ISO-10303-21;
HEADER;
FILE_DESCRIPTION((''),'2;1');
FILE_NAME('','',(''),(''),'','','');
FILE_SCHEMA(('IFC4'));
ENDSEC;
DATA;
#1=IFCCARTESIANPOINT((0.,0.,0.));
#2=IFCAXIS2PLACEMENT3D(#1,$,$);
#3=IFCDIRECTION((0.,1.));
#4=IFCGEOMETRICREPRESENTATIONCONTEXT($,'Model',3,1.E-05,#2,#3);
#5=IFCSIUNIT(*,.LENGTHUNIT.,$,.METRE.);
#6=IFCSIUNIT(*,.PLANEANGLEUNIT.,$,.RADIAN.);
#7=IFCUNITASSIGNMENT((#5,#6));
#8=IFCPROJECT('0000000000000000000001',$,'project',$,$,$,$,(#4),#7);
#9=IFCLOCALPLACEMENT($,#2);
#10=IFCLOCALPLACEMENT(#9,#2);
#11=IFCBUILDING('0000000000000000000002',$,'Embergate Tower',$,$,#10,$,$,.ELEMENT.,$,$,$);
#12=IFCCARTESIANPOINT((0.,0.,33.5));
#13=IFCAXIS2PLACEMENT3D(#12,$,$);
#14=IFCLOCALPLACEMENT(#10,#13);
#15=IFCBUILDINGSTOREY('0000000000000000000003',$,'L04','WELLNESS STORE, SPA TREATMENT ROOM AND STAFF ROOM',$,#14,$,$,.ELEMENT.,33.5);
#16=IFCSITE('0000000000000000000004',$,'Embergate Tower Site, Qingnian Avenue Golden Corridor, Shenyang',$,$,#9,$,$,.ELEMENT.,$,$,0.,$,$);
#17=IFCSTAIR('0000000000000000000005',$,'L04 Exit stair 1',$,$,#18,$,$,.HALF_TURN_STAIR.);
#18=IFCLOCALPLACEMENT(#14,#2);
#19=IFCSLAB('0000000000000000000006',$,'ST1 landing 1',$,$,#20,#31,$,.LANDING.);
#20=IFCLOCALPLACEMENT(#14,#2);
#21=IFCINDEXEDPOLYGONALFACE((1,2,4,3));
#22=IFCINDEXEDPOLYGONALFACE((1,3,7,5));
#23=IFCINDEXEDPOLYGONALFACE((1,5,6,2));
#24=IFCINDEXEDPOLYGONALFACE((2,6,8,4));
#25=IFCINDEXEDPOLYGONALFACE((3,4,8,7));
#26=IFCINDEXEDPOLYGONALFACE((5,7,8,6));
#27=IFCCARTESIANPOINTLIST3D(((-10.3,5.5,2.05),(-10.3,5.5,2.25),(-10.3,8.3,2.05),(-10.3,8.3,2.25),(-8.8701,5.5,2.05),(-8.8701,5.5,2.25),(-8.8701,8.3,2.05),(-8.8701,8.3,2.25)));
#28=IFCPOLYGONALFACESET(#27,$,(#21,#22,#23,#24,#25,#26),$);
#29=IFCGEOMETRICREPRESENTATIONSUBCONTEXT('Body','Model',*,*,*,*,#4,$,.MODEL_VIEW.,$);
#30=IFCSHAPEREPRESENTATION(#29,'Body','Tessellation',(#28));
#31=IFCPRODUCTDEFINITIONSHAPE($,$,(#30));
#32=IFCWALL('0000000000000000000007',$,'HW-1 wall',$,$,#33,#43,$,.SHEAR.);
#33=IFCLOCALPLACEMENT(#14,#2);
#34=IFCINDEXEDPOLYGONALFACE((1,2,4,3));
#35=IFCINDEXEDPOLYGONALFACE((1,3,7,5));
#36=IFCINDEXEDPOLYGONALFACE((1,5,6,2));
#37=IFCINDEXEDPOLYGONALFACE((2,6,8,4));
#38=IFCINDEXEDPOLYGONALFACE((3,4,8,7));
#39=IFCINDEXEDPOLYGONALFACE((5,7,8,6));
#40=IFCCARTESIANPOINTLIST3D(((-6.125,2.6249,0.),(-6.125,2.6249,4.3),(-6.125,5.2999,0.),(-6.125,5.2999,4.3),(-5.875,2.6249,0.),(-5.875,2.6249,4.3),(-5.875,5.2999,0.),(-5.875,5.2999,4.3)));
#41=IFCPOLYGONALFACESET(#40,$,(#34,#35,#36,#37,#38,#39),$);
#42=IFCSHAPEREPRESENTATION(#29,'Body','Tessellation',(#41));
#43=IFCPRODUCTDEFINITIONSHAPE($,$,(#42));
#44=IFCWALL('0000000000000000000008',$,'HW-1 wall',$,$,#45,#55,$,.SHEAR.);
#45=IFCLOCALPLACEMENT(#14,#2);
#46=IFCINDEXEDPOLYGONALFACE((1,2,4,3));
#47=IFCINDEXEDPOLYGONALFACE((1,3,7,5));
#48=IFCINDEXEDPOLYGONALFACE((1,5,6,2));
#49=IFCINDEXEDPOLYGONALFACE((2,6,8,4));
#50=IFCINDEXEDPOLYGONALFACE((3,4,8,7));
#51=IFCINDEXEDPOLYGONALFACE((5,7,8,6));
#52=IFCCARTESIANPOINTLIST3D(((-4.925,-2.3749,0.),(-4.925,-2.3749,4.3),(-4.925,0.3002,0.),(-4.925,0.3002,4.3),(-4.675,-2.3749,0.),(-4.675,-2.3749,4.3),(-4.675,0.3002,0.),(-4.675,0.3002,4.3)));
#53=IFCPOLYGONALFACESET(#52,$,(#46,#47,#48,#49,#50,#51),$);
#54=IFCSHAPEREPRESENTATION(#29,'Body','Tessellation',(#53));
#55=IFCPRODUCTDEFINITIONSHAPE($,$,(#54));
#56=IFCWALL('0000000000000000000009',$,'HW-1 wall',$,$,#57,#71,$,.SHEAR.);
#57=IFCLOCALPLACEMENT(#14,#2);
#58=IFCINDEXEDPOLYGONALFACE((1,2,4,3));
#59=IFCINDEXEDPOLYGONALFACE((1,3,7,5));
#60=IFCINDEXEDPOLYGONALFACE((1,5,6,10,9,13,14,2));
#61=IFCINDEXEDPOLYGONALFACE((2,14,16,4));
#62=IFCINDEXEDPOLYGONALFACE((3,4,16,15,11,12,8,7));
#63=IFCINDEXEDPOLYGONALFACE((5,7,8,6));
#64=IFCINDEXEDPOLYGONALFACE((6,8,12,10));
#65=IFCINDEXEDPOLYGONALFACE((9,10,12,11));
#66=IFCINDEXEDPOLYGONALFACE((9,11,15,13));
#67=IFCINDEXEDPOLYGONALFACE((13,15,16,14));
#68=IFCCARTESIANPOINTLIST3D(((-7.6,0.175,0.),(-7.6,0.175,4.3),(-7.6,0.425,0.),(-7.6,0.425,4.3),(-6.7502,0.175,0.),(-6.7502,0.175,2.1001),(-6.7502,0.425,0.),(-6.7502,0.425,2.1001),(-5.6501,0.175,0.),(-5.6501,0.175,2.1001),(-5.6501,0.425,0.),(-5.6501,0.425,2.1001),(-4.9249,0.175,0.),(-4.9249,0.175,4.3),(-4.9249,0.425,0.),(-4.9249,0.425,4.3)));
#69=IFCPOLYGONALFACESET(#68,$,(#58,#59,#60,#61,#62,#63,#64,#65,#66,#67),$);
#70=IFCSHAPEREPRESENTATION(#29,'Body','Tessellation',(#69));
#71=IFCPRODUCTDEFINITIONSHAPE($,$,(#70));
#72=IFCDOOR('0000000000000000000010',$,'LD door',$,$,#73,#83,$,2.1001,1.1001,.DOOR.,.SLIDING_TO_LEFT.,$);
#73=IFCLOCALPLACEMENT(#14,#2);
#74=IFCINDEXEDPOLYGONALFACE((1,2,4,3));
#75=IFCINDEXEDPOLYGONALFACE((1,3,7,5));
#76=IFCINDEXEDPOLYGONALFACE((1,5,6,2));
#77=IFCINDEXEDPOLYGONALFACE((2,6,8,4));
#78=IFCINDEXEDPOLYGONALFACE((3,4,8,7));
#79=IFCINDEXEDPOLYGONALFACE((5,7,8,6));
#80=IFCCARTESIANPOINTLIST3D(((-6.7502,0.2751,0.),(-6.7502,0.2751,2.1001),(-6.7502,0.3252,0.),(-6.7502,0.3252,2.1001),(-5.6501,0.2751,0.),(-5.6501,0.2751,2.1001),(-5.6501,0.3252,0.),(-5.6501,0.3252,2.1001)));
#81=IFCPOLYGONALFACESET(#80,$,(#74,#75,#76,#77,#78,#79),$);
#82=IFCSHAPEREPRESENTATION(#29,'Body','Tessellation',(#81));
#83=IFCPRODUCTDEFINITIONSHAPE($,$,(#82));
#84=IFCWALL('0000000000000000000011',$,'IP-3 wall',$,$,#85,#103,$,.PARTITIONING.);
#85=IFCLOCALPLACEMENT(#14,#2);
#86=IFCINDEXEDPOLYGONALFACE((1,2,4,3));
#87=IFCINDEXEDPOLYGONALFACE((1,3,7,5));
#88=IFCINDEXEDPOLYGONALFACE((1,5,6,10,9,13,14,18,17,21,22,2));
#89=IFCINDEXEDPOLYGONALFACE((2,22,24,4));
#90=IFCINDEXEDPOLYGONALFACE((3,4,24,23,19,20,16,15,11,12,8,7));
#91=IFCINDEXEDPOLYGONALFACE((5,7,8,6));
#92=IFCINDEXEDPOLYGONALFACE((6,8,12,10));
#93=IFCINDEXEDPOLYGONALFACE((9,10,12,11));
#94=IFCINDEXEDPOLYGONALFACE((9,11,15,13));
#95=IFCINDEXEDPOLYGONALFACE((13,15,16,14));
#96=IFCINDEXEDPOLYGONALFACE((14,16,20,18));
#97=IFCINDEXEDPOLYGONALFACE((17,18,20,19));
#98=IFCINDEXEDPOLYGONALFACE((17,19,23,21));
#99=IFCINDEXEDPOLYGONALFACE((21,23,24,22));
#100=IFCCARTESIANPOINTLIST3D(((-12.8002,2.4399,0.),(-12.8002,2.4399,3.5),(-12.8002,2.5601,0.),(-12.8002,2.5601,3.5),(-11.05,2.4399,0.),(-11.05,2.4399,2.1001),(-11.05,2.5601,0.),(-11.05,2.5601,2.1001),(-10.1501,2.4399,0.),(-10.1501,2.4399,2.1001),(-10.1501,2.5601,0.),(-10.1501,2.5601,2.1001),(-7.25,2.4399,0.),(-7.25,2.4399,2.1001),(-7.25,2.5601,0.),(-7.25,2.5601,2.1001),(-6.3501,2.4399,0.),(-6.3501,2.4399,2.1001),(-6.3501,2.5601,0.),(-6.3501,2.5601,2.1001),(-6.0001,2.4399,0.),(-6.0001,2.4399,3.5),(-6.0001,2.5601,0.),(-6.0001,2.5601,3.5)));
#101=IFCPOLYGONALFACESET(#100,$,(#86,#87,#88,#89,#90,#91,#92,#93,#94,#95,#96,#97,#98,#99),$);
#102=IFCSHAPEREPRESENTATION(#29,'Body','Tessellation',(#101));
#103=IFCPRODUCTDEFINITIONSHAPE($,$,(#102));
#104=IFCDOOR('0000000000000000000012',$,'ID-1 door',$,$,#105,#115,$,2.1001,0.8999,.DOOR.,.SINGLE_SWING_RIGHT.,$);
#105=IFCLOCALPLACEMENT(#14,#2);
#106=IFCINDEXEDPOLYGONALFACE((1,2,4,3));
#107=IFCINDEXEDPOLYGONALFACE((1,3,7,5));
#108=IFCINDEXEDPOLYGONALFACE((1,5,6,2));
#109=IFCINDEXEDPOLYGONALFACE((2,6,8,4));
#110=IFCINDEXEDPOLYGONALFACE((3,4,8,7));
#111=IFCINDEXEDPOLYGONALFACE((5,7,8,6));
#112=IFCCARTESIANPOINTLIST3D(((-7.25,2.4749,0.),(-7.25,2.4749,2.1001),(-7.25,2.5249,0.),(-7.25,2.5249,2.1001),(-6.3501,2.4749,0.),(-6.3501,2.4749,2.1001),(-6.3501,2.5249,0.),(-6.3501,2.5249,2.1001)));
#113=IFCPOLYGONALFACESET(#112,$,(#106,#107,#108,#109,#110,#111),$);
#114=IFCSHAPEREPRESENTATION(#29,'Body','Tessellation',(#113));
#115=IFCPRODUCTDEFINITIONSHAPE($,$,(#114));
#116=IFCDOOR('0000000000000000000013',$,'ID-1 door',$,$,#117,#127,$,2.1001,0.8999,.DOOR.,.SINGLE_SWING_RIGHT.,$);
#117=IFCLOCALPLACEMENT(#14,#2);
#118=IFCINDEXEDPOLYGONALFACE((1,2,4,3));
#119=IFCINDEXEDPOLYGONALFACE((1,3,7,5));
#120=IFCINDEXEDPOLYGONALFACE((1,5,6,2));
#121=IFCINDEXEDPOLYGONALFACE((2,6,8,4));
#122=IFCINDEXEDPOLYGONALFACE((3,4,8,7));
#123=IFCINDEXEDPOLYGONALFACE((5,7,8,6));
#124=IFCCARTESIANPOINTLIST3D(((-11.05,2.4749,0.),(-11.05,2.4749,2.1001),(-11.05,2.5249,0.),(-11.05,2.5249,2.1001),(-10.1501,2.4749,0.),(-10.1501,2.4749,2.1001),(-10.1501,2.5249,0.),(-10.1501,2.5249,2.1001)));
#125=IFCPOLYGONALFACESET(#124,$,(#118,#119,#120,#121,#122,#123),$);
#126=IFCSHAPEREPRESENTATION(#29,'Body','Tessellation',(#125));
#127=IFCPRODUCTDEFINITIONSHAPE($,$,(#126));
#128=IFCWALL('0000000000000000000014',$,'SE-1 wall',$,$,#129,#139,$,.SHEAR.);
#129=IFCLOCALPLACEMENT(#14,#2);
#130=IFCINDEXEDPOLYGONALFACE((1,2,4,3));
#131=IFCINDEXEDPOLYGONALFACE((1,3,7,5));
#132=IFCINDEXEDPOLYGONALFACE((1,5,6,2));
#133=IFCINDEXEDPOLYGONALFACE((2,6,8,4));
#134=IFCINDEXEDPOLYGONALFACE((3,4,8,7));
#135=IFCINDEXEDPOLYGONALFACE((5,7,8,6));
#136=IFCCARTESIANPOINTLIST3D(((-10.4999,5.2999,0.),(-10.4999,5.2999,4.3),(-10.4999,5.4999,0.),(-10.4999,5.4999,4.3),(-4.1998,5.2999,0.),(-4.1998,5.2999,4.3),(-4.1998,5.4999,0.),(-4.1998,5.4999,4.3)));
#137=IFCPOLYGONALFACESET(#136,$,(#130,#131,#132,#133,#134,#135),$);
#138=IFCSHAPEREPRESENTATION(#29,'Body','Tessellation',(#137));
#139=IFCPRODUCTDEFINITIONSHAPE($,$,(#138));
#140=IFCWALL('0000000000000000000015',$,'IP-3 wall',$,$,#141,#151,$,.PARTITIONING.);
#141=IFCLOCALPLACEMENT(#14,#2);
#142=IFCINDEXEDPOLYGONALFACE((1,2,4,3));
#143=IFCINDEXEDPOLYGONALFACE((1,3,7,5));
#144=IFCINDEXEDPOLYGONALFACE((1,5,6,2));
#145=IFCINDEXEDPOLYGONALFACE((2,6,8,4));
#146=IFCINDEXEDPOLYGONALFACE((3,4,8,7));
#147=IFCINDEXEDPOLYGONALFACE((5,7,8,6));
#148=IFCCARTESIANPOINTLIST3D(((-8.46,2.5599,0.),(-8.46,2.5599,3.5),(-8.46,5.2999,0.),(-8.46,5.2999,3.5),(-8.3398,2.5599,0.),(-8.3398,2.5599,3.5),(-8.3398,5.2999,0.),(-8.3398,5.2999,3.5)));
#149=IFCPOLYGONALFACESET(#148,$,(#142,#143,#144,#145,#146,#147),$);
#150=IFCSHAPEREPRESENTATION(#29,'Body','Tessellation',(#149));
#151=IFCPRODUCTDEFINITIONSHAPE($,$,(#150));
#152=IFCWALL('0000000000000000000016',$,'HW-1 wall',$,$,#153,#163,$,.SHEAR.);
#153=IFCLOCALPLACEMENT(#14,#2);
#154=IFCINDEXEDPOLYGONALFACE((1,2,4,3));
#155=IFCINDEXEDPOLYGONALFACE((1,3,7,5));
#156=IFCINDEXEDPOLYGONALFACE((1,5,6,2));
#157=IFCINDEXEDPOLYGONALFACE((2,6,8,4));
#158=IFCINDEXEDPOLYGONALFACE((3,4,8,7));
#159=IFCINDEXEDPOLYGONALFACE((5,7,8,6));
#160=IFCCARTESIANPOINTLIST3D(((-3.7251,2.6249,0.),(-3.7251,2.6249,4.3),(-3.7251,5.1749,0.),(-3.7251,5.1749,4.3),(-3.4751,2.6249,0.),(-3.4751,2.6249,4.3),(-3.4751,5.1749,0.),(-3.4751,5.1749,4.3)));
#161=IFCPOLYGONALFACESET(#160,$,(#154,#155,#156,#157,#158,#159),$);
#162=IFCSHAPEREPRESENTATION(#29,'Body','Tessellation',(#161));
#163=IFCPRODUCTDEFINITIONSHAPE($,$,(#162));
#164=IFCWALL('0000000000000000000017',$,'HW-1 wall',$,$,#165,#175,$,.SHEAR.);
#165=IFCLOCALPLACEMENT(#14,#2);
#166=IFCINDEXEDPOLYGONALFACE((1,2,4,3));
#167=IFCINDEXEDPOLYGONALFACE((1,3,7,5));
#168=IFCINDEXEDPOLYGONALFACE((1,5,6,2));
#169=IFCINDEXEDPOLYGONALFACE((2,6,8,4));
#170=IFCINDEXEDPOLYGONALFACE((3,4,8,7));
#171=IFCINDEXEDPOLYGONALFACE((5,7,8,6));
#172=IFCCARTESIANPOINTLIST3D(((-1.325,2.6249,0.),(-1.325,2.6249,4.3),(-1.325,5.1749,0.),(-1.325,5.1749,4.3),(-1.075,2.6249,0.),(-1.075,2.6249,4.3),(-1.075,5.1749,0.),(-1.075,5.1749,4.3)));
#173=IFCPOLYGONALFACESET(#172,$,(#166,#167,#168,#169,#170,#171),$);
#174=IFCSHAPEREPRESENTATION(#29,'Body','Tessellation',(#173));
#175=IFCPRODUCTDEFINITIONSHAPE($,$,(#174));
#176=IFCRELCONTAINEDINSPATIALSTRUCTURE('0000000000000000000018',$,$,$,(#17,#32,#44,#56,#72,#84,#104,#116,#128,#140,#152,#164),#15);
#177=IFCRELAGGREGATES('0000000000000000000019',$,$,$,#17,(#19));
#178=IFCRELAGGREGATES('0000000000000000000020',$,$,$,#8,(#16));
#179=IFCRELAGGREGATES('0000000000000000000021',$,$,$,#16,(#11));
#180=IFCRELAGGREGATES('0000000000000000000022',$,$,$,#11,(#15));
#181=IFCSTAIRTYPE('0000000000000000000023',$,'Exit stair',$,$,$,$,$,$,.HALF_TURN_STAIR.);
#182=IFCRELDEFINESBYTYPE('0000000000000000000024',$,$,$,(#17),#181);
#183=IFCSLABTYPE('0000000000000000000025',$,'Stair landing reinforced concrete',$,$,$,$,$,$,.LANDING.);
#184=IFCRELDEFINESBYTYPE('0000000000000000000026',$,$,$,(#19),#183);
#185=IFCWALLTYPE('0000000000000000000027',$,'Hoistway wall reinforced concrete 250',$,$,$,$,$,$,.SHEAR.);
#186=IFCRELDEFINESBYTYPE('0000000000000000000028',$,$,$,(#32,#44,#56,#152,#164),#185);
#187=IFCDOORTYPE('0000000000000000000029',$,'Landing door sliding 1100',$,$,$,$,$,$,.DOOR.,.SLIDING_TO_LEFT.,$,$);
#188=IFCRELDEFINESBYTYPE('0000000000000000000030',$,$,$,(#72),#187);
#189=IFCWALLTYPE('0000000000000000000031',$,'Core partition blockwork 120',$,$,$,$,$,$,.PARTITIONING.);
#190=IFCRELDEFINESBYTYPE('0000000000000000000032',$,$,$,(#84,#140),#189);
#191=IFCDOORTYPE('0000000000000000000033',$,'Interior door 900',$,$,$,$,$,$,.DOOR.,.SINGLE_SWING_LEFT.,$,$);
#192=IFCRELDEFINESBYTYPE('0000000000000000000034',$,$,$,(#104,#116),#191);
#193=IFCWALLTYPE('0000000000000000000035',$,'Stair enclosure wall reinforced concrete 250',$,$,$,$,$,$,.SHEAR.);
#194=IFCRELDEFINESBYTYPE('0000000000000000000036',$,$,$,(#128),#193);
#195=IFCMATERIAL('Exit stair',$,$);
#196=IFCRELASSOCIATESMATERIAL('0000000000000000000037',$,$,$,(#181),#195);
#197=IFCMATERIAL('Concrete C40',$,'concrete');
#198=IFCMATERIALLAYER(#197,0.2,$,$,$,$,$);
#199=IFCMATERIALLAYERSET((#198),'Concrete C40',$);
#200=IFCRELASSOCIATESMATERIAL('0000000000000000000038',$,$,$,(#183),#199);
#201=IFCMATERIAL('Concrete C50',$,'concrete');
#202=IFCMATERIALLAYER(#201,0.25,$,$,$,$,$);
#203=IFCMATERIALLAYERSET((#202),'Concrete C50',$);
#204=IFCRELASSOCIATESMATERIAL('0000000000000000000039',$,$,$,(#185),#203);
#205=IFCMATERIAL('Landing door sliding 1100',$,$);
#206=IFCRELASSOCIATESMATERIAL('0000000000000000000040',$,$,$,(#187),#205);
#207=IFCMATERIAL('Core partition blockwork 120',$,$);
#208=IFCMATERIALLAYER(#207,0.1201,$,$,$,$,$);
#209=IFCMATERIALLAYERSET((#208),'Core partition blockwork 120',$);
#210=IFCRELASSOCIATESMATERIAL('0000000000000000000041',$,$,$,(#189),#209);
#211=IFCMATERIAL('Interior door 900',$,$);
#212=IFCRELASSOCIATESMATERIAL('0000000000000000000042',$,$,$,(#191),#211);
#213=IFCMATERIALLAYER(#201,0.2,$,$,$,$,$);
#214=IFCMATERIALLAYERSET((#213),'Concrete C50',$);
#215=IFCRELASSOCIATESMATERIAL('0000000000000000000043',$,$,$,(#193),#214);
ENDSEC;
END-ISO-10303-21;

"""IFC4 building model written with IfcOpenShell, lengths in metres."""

from ifc_helpers import new_model, si_unit, direction, frame, frame_2d, origin, place, context, subcontext, project, spatial, polyline, rectangle, outline, extrude, source, transform, mapped, material, layer, layer_set, type_object, element, fill, aggregate, save


model = new_model("IFC4")

# Units and contexts
model_context = context("Model", 3, precision=1e-05, world=origin(), true_north=direction((0.0, 1.0)))
body_context = subcontext(model_context, "Body", "Model", "MODEL_VIEW")
ifc_project = project(units=[si_unit("LENGTHUNIT", "METRE"), si_unit("PLANEANGLEUNIT", "RADIAN")], contexts=[model_context])

# Site, building, storey
site_placement = place(None, origin())
site = spatial("IfcSite", under=ifc_project, at=site_placement, Name="Embergate Tower Site, Qingnian Avenue Golden Corridor, Shenyang", CompositionType="ELEMENT", RefElevation=0.0)
building_placement = place(site_placement, origin())
building = spatial("IfcBuilding", under=site, at=building_placement, Name="Embergate Tower", CompositionType="ELEMENT")
storey_placement = place(building_placement, frame((0.0, 0.0, 33.5)))
storey = spatial("IfcBuildingStorey", under=building, at=storey_placement, Name="L04", Description="WELLNESS STORE, SPA TREATMENT ROOM AND STAFF ROOM", CompositionType="ELEMENT", Elevation=33.5)

# Stair, slab
ifc_material_1 = material(Name="Exit stair")
stair_type = type_object("IfcStairType", Name="Exit stair", PredefinedType="HALF_TURN_STAIR", material=ifc_material_1)
stair_placement = place(storey_placement, origin())
stair = element("IfcStair", 1, at=stair_placement, inside=storey, type_object=stair_type, Name="L04 Exit stair 1", PredefinedType="HALF_TURN_STAIR")
ifc_material_2 = material(Name="Concrete C40", Category="concrete")
ifc_layer_1 = layer(ifc_material_2, 0.2)
ifc_layer_set_1 = layer_set([ifc_layer_1], Name="Concrete C40")
slab_type = type_object("IfcSlabType", Name="Stair landing reinforced concrete", PredefinedType="LANDING", material=ifc_layer_set_1)
shared_shape_1 = source(origin(), body_context, "Body", "SweptSolid", [
    extrude(outline(polyline([(0.0, 0.0), (1.4299, 0.0), (1.4299, 2.8), (0.0, 2.8), (0.0, 0.0)])), origin(), (0.0, 0.0, 1.0), 0.2),
])
slab_placement = place(storey_placement, frame((-10.3, 5.5, 2.05)))
slab = element("IfcSlab", 2, at=slab_placement, type_object=slab_type, Name="ST1 landing 1", PredefinedType="LANDING", context=body_context, shape_type="MappedRepresentation", body=[
    mapped(shared_shape_1, transform((0.0, 0.0, 0.0))),
])

# Walls
ifc_material_3 = material(Name="Concrete C50", Category="concrete")
ifc_layer_2 = layer(ifc_material_3, 0.25)
ifc_layer_set_2 = layer_set([ifc_layer_2], Name="Concrete C50")
wall_type_1 = type_object("IfcWallType", Name="Hoistway wall reinforced concrete 250", PredefinedType="SHEAR", material=ifc_layer_set_2)
shared_shape_2 = source(origin(), body_context, "Body", "SweptSolid", [
    extrude(rectangle(XDim=2.675, YDim=0.25, at=frame_2d((1.3374, 0.0))), origin(), (0.0, 0.0, 1.0), 4.3),
])
for number, where, z_axis, x_axis, name in (
    (3, (-6.0, 2.625, 0.0), (0.0, 0.0, 1.0), (0.0, 1.0, 0.0), "HW-1 wall"),
    (4, (-4.8, 0.3, 0.0), (0.0, 0.0, 1.0), (0.0, -1.0, 0.0), "HW-1 wall"),
):
    element("IfcWall", number, at=place(storey_placement, frame(where, z_axis=z_axis, x_axis=x_axis)), inside=storey, type_object=wall_type_1, Name=name, PredefinedType="SHEAR", context=body_context, shape_type="MappedRepresentation", body=[
        mapped(shared_shape_2, transform((0.0, 0.0, 0.0))),
    ])

# Wall, opening, door
wall_1_placement = place(storey_placement, frame((-4.925, 0.3, 0.0), z_axis=(0.0, 0.0, 1.0), x_axis=(-1.0, 0.0, 0.0)))
wall_1 = element("IfcWall", 5, at=wall_1_placement, inside=storey, type_object=wall_type_1, Name="HW-1 wall", PredefinedType="SHEAR", context=body_context, shape_type="MappedRepresentation", body=[
    mapped(shared_shape_2, transform((0.0, 0.0, 0.0))),
])
shared_shape_3 = source(origin(), body_context, "Body", "SweptSolid", [
    extrude(rectangle(XDim=1.1001, YDim=2.1001, at=frame_2d((0.55, 1.05))), frame((0.0, 0.135, 0.0), z_axis=(0.0, -1.0, 0.0), x_axis=(1.0, 0.0, 0.0)), (0.0, 0.0, 1.0), 0.27),
])
opening_1_placement = place(wall_1_placement, frame((0.7251, 0.0, 0.0)))
opening_1 = element("IfcOpeningElement", 6, at=opening_1_placement, cuts=wall_1, PredefinedType="OPENING", context=body_context, shape_type="MappedRepresentation", body=[
    mapped(shared_shape_3, transform((0.0, 0.0, 0.0))),
])
ifc_material_4 = material(Name="Landing door sliding 1100")
door_type_1 = type_object("IfcDoorType", Name="Landing door sliding 1100", OperationType="SLIDING_TO_LEFT", PredefinedType="DOOR", material=ifc_material_4)
shared_shape_4 = source(origin(), body_context, "Body", "SweptSolid", [
    extrude(rectangle(XDim=1.1001, YDim=2.1001, at=frame_2d((0.55, 1.05))), frame((0.0, 0.0249, 0.0), z_axis=(0.0, -1.0, 0.0), x_axis=(1.0, 0.0, 0.0)), (0.0, 0.0, 1.0), 0.05),
])
door_1_placement = place(opening_1_placement, origin())
door_1 = element("IfcDoor", 7, at=door_1_placement, inside=storey, type_object=door_type_1, Name="LD door", OperationType="SLIDING_TO_LEFT", OverallHeight=2.1001, OverallWidth=1.1001, PredefinedType="DOOR", context=body_context, shape_type="MappedRepresentation", body=[
    mapped(shared_shape_4, transform((0.0, 0.0, 0.0))),
])
fill(opening_1, door_1)

# Wall, openings, doors
ifc_material_5 = material(Name="Core partition blockwork 120")
ifc_layer_3 = layer(ifc_material_5, 0.1201)
ifc_layer_set_3 = layer_set([ifc_layer_3], Name="Core partition blockwork 120")
wall_type_2 = type_object("IfcWallType", Name="Core partition blockwork 120", PredefinedType="PARTITIONING", material=ifc_layer_set_3)
shared_shape_5 = source(origin(), body_context, "Body", "SweptSolid", [
    extrude(rectangle(XDim=6.8, YDim=0.1201, at=frame_2d((3.3999, 0.0))), origin(), (0.0, 0.0, 1.0), 3.5),
])
wall_2_placement = place(storey_placement, frame((-12.8, 2.5, 0.0), z_axis=(0.0, 0.0, 1.0), x_axis=(1.0, 0.0, 0.0)))
wall_2 = element("IfcWall", 8, at=wall_2_placement, inside=storey, type_object=wall_type_2, Name="IP-3 wall", PredefinedType="PARTITIONING", context=body_context, shape_type="MappedRepresentation", body=[
    mapped(shared_shape_5, transform((0.0, 0.0, 0.0))),
])
shared_shape_6 = source(origin(), body_context, "Body", "SweptSolid", [
    extrude(rectangle(XDim=0.8999, YDim=2.1001, at=frame_2d((0.45, 1.05))), frame((0.0, 0.0701, 0.0), z_axis=(0.0, -1.0, 0.0), x_axis=(1.0, 0.0, 0.0)), (0.0, 0.0, 1.0), 0.1401),
])
opening_2_placement = place(wall_2_placement, frame((5.55, 0.0, 0.0)))
opening_2 = element("IfcOpeningElement", 9, at=opening_2_placement, cuts=wall_2, PredefinedType="OPENING", context=body_context, shape_type="MappedRepresentation", body=[
    mapped(shared_shape_6, transform((0.0, 0.0, 0.0))),
])
opening_3_placement = place(wall_2_placement, frame((1.75, 0.0, 0.0)))
opening_3 = element("IfcOpeningElement", 10, at=opening_3_placement, cuts=wall_2, PredefinedType="OPENING", context=body_context, shape_type="MappedRepresentation", body=[
    mapped(shared_shape_6, transform((0.0, 0.0, 0.0))),
])
ifc_material_6 = material(Name="Interior door 900")
door_type_2 = type_object("IfcDoorType", Name="Interior door 900", OperationType="SINGLE_SWING_LEFT", PredefinedType="DOOR", material=ifc_material_6)
shared_shape_7 = source(origin(), body_context, "Body", "SweptSolid", [
    extrude(rectangle(XDim=0.8999, YDim=2.1001, at=frame_2d((0.45, 1.05))), frame((0.0, 0.0249, 0.0), z_axis=(0.0, -1.0, 0.0), x_axis=(1.0, 0.0, 0.0)), (0.0, 0.0, 1.0), 0.05),
])
door_2_placement = place(opening_2_placement, origin())
door_2 = element("IfcDoor", 11, at=door_2_placement, inside=storey, type_object=door_type_2, Name="ID-1 door", OperationType="SINGLE_SWING_RIGHT", OverallHeight=2.1001, OverallWidth=0.8999, PredefinedType="DOOR", context=body_context, shape_type="MappedRepresentation", body=[
    mapped(shared_shape_7, transform((0.0, 0.0, 0.0))),
])
fill(opening_2, door_2)
door_3_placement = place(opening_3_placement, origin())
door_3 = element("IfcDoor", 12, at=door_3_placement, inside=storey, type_object=door_type_2, Name="ID-1 door", OperationType="SINGLE_SWING_RIGHT", OverallHeight=2.1001, OverallWidth=0.8999, PredefinedType="DOOR", context=body_context, shape_type="MappedRepresentation", body=[
    mapped(shared_shape_7, transform((0.0, 0.0, 0.0))),
])
fill(opening_3, door_3)

# Walls
ifc_layer_4 = layer(ifc_material_3, 0.2)
ifc_layer_set_4 = layer_set([ifc_layer_4], Name="Concrete C50")
wall_type_3 = type_object("IfcWallType", Name="Stair enclosure wall reinforced concrete 250", PredefinedType="SHEAR", material=ifc_layer_set_4)
shared_shape_8 = source(origin(), body_context, "Body", "SweptSolid", [
    extrude(rectangle(XDim=6.3, YDim=0.2, at=frame_2d((3.1499, 0.0))), origin(), (0.0, 0.0, 1.0), 4.3),
])
wall_3_placement = place(storey_placement, frame((-4.2, 5.3999, 0.0), z_axis=(0.0, 0.0, 1.0), x_axis=(-1.0, 0.0, 0.0)))
element("IfcWall", 13, at=wall_3_placement, inside=storey, type_object=wall_type_3, Name="SE-1 wall", PredefinedType="SHEAR", context=body_context, shape_type="MappedRepresentation", body=[
    mapped(shared_shape_8, transform((0.0, 0.0, 0.0))),
])
shared_shape_9 = source(origin(), body_context, "Body", "SweptSolid", [
    extrude(rectangle(XDim=2.74, YDim=0.1201, at=frame_2d((1.3701, 0.0))), origin(), (0.0, 0.0, 1.0), 3.5),
])
wall_4_placement = place(storey_placement, frame((-8.3999, 5.3, 0.0), z_axis=(0.0, 0.0, 1.0), x_axis=(0.0, -1.0, 0.0)))
element("IfcWall", 14, at=wall_4_placement, inside=storey, type_object=wall_type_2, Name="IP-3 wall", PredefinedType="PARTITIONING", context=body_context, shape_type="MappedRepresentation", body=[
    mapped(shared_shape_9, transform((0.0, 0.0, 0.0))),
])
shared_shape_10 = source(origin(), body_context, "Body", "SweptSolid", [
    extrude(rectangle(XDim=2.55, YDim=0.25, at=frame_2d((1.2749, 0.0))), origin(), (0.0, 0.0, 1.0), 4.3),
])
for number, where, z_axis, x_axis, name in (
    (15, (-3.6001, 2.625, 0.0), (0.0, 0.0, 1.0), (0.0, 1.0, 0.0), "HW-1 wall"),
    (16, (-1.2, 2.625, 0.0), (0.0, 0.0, 1.0), (0.0, 1.0, 0.0), "HW-1 wall"),
):
    element("IfcWall", number, at=place(storey_placement, frame(where, z_axis=z_axis, x_axis=x_axis)), inside=storey, type_object=wall_type_1, Name=name, PredefinedType="SHEAR", context=body_context, shape_type="MappedRepresentation", body=[
        mapped(shared_shape_10, transform((0.0, 0.0, 0.0))),
    ])

aggregate(stair, [slab])

save(model, "model.ifc")
